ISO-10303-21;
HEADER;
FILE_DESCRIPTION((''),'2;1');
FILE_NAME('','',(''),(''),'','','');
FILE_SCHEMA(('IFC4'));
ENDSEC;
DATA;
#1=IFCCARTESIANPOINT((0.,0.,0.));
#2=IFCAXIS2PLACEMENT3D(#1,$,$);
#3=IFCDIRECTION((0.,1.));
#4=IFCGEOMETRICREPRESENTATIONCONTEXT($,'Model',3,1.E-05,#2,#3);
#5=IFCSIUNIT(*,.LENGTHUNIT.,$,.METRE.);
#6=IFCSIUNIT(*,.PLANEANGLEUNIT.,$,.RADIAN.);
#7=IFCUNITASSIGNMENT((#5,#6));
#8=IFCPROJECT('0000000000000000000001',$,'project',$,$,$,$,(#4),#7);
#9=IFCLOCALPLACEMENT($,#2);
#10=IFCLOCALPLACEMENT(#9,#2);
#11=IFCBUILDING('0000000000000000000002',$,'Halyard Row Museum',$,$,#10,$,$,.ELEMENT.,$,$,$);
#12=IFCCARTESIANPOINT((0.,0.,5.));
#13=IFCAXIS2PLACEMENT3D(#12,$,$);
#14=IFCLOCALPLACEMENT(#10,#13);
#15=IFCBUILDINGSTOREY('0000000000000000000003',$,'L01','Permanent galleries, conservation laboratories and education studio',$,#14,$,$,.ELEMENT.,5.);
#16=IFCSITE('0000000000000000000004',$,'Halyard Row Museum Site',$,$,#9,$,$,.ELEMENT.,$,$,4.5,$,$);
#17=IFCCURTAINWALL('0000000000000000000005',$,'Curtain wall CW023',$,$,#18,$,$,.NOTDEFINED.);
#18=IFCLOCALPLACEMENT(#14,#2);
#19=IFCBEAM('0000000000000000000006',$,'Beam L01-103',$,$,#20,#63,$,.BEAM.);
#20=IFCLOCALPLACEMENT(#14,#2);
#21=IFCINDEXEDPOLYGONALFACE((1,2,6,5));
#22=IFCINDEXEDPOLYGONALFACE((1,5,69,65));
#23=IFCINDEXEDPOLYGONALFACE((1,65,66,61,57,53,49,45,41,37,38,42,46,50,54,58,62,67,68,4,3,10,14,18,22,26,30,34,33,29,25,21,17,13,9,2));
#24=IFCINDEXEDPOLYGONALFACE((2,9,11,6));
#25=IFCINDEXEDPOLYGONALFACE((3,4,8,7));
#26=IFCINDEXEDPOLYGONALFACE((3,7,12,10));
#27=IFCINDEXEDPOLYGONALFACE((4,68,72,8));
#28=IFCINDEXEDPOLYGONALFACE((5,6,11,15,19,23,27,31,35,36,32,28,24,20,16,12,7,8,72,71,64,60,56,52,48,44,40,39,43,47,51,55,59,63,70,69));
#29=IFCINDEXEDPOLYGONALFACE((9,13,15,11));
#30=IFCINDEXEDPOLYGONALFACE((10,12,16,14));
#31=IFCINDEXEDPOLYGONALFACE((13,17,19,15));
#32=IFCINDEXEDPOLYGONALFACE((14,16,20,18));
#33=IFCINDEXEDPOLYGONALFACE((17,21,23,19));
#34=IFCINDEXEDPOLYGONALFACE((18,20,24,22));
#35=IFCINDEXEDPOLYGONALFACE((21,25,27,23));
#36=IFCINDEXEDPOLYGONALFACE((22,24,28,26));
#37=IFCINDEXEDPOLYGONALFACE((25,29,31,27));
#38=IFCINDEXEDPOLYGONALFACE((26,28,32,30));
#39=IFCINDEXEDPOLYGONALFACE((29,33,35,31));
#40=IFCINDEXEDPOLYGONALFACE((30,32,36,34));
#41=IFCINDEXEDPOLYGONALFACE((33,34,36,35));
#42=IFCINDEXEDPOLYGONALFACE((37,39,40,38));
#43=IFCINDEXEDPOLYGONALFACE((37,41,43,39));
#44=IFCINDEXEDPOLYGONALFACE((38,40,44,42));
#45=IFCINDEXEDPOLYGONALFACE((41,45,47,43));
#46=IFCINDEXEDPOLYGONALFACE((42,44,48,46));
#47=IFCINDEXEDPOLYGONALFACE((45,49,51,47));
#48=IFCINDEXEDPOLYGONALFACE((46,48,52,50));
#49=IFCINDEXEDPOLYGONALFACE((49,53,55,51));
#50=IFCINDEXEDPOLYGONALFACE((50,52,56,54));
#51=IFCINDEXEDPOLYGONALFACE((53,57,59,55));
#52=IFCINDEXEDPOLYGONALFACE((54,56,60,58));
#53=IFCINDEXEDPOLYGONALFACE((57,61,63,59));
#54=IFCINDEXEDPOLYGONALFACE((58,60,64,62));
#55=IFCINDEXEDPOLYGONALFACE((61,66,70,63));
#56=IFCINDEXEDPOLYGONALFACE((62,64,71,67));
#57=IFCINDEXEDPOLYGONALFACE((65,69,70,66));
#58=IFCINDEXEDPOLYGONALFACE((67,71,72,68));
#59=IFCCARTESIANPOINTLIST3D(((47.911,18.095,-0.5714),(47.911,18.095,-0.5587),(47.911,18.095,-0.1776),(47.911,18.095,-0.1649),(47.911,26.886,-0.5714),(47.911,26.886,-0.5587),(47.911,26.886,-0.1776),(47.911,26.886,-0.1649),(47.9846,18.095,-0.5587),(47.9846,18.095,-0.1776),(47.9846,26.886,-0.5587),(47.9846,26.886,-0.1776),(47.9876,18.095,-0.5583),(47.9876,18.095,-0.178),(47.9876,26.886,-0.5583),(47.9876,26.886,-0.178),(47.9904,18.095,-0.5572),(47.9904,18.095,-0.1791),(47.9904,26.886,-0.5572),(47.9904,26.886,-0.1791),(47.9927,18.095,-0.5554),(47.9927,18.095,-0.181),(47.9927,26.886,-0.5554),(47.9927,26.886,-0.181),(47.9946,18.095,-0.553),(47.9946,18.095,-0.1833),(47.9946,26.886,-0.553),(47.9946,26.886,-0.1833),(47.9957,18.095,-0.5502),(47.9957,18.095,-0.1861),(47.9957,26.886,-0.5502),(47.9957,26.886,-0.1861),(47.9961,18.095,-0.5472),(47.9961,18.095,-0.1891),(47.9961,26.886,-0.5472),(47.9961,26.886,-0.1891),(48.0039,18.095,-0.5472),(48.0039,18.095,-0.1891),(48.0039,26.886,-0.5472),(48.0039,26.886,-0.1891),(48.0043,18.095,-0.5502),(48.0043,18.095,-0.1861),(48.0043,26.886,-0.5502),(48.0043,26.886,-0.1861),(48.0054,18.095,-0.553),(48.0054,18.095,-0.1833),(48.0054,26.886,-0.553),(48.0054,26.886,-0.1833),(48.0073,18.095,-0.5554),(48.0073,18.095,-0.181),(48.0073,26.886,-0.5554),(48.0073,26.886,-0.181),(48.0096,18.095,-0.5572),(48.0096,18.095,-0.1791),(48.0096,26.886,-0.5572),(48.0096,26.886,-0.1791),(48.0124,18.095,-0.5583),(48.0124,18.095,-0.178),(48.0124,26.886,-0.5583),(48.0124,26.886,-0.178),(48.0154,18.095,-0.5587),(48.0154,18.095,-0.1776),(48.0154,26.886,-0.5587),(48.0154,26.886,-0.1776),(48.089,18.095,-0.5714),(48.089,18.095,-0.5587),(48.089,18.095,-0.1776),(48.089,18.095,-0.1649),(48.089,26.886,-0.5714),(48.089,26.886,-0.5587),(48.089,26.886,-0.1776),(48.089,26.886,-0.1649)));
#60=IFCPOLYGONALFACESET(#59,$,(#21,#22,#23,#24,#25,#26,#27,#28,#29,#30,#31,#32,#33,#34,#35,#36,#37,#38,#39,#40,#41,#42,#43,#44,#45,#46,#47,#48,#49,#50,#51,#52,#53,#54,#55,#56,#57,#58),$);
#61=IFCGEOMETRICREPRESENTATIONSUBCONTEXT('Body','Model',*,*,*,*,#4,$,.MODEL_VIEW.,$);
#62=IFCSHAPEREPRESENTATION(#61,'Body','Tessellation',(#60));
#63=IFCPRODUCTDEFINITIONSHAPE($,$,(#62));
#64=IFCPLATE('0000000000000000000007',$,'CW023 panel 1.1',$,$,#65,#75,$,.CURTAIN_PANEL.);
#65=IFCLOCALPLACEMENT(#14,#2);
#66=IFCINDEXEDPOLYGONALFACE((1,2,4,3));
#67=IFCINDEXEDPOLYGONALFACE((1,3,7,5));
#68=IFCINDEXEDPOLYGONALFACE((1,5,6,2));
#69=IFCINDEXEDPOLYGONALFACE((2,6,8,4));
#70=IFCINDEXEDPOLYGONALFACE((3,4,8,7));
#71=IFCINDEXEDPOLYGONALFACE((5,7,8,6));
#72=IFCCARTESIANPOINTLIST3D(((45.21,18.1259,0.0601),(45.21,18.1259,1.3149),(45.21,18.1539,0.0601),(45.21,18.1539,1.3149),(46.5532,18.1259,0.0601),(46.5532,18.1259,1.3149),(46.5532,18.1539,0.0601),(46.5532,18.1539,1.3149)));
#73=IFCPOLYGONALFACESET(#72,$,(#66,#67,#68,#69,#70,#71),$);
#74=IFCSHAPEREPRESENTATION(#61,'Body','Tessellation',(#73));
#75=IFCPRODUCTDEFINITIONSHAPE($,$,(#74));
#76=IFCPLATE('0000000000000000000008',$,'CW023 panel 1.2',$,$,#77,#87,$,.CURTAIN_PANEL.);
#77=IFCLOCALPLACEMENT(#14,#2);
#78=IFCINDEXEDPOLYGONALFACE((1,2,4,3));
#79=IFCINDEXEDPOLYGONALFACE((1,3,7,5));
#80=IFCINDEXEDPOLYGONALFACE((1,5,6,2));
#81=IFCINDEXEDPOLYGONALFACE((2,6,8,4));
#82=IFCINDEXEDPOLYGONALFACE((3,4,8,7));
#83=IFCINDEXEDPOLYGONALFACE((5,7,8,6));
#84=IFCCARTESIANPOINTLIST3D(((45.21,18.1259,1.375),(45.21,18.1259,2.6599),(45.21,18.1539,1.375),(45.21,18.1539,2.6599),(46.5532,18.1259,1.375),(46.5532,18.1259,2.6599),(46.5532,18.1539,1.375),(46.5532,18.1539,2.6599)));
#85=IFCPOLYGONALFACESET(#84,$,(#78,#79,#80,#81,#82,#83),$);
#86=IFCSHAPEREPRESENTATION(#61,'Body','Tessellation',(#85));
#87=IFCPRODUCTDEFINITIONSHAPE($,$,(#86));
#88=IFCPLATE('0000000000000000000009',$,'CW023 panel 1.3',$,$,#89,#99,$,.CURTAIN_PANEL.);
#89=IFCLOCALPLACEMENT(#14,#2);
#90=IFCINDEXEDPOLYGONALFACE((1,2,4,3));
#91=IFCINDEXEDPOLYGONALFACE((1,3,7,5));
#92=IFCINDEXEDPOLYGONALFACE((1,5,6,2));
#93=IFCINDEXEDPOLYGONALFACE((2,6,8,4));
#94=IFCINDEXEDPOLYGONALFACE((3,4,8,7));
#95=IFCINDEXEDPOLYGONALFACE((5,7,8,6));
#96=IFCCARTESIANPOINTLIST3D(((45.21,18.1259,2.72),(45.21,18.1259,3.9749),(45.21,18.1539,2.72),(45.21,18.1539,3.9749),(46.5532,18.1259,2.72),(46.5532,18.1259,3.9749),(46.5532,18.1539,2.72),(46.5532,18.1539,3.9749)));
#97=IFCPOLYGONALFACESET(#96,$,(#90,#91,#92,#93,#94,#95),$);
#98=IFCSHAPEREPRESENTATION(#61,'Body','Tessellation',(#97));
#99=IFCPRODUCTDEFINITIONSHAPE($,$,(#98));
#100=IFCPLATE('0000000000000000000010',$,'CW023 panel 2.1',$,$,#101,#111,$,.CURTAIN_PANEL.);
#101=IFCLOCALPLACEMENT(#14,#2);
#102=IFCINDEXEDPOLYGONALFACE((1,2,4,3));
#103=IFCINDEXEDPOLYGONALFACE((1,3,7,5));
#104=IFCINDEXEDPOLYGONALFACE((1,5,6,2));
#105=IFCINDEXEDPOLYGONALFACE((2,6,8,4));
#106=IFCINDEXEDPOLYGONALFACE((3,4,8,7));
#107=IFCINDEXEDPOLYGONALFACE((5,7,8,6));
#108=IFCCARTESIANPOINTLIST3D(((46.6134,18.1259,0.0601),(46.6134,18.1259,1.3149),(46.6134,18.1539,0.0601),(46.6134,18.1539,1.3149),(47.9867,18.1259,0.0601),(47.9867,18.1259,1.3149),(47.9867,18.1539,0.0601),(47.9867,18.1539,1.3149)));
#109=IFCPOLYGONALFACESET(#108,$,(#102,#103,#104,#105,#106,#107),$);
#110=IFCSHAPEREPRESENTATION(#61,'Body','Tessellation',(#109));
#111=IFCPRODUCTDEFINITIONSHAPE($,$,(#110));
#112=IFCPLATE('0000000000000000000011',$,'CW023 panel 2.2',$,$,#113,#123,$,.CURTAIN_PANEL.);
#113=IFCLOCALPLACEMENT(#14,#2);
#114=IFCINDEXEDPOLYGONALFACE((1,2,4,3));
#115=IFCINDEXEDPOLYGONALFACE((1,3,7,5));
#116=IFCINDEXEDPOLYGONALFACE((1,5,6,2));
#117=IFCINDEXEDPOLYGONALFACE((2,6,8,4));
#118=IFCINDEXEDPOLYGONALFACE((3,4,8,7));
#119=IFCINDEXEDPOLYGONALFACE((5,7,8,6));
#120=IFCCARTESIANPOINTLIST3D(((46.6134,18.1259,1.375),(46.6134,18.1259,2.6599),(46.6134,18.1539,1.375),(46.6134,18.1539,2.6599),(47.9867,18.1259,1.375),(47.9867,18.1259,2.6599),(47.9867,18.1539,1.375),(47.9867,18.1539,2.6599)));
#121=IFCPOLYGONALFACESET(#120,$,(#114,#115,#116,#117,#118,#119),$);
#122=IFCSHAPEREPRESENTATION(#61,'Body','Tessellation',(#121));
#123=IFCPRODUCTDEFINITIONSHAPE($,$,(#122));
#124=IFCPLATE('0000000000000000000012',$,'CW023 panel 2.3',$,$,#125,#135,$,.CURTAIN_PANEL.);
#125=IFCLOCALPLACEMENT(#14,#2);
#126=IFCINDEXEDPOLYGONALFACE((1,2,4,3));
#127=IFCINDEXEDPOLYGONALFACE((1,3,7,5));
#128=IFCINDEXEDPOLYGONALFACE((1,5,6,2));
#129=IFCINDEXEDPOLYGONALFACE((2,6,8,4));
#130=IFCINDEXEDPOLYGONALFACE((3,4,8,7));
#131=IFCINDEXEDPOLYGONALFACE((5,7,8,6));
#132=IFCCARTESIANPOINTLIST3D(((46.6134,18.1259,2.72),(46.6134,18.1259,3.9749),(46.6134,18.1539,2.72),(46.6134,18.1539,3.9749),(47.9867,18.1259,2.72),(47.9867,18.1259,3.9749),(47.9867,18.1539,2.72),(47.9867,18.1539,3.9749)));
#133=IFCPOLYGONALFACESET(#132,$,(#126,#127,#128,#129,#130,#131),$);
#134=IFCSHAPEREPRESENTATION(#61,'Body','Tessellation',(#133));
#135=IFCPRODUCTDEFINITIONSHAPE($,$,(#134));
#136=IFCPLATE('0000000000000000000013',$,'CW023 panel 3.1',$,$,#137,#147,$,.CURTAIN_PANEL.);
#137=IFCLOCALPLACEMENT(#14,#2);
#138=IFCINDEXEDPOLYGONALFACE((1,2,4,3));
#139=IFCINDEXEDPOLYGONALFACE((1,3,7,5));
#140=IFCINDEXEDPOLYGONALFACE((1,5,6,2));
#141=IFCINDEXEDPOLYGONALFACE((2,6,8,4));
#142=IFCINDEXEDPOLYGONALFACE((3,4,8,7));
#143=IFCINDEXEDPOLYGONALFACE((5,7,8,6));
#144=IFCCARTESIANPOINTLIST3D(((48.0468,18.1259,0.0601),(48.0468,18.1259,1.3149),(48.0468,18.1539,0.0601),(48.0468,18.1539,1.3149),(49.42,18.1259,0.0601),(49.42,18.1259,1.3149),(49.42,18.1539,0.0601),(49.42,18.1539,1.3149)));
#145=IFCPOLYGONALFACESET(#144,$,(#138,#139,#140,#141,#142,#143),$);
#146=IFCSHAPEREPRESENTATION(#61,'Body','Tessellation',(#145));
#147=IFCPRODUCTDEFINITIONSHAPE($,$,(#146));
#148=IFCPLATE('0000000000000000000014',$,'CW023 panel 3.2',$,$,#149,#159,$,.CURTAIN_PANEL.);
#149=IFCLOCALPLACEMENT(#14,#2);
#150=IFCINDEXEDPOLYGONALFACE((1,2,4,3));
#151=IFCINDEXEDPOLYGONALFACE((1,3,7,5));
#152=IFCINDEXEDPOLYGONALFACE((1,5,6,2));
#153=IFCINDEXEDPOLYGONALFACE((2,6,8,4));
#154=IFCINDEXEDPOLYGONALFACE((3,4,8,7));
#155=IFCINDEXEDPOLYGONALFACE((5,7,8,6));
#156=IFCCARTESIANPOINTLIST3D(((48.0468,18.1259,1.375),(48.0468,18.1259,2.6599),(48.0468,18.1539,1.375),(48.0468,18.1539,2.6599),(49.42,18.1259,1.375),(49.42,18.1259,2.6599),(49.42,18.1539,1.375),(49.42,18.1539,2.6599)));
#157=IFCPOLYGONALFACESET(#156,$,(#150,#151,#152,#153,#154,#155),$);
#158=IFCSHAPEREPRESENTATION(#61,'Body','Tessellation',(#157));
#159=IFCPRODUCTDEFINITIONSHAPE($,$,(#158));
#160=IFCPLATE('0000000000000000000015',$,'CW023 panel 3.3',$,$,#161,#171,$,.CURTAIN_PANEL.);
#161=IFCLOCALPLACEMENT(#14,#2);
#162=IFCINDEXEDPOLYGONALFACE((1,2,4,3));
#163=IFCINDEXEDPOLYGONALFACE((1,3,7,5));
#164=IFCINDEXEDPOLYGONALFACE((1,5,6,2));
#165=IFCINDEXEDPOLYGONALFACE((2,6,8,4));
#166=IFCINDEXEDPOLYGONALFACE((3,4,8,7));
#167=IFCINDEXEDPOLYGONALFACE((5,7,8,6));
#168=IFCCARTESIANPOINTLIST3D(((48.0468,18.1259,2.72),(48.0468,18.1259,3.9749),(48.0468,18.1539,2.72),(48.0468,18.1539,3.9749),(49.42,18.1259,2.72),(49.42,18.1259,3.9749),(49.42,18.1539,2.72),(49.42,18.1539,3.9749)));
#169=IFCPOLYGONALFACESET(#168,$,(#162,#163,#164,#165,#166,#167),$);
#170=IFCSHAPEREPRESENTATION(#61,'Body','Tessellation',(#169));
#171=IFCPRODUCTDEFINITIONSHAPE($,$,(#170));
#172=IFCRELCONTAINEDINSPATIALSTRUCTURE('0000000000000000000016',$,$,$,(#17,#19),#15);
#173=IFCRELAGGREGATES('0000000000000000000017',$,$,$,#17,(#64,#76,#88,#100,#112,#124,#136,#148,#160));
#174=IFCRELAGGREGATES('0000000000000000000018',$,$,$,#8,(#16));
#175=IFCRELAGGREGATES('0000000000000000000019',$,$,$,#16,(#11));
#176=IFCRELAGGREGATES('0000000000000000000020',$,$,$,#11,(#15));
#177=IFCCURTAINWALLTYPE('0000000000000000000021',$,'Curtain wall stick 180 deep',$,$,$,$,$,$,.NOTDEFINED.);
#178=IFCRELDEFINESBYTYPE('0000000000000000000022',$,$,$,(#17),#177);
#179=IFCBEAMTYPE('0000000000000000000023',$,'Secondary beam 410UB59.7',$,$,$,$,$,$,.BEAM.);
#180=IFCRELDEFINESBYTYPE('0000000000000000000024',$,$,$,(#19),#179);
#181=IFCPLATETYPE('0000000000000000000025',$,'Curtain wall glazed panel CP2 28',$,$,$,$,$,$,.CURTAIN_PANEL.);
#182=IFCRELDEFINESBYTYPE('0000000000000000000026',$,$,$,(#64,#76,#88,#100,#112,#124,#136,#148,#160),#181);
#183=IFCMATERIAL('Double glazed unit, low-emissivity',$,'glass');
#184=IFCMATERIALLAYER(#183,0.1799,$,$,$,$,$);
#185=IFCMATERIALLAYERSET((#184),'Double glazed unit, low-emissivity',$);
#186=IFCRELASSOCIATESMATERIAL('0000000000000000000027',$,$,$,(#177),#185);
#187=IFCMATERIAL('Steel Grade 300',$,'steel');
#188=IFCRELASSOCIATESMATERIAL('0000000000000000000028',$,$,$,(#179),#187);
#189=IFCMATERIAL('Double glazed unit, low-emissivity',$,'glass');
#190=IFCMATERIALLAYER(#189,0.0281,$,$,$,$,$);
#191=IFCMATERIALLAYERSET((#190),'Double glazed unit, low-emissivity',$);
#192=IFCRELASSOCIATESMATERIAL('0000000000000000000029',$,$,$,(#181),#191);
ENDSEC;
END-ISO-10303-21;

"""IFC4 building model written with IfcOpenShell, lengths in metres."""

from ifc_helpers import new_model, si_unit, direction, frame, origin, origin_2d, place, context, subcontext, project, spatial, rectangle, i_section, extrude, material, layer, layer_set, material_profile, profile_set, type_object, element, aggregate, save


model = new_model("IFC4")

# Units and contexts
model_context = context("Model", 3, precision=1e-05, world=origin(), true_north=direction((0.0, 1.0)))
body_context = subcontext(model_context, "Body", "Model", "MODEL_VIEW")
ifc_project = project(units=[si_unit("LENGTHUNIT", "METRE"), si_unit("PLANEANGLEUNIT", "RADIAN")], contexts=[model_context])

# Site, building, storey
site_placement = place(None, origin())
site = spatial("IfcSite", under=ifc_project, at=site_placement, Name="Halyard Row Museum Site", CompositionType="ELEMENT", RefElevation=4.5)
building_placement = place(site_placement, origin())
building = spatial("IfcBuilding", under=site, at=building_placement, Name="Halyard Row Museum", CompositionType="ELEMENT")
storey_placement = place(building_placement, frame((0.0, 0.0, 5.0)))
storey = spatial("IfcBuildingStorey", under=building, at=storey_placement, Name="L01", Description="Permanent galleries, conservation laboratories and education studio", CompositionType="ELEMENT", Elevation=5.0)

# Curtain wall
ifc_material_1 = material(Name="Double glazed unit, low-emissivity", Category="glass")
ifc_layer_1 = layer(ifc_material_1, 0.1799)
ifc_layer_set_1 = layer_set([ifc_layer_1], Name="Double glazed unit, low-emissivity")
curtain_wall_type = type_object("IfcCurtainWallType", Name="Curtain wall stick 180 deep", PredefinedType="NOTDEFINED", material=ifc_layer_set_1)
curtain_wall_placement = place(storey_placement, origin())
curtain_wall = element("IfcCurtainWall", 1, at=curtain_wall_placement, inside=storey, type_object=curtain_wall_type, Name="Curtain wall CW023", PredefinedType="NOTDEFINED")

# Beam
ifc_material_2 = material(Name="Steel Grade 300", Category="steel")
ifc_material_profile_1 = material_profile(ifc_material_2, i_section(OverallWidth=0.178, OverallDepth=0.4065, WebThickness=0.0078, FlangeThickness=0.0127, FilletRadius=0.0115, at=origin_2d()), Name="410UB59.7")
ifc_profile_set_1 = profile_set([ifc_material_profile_1], Name="Steel Grade 300")
beam_type = type_object("IfcBeamType", Name="Secondary beam 410UB59.7", PredefinedType="BEAM", material=ifc_profile_set_1)
beam_placement = place(storey_placement, frame((48.0, 18.095, -0.3682), z_axis=(0.0, 1.0, 0.0), x_axis=(-1.0, 0.0, 0.0)))
element("IfcBeam", 2, at=beam_placement, inside=storey, type_object=beam_type, Name="Beam L01-103", PredefinedType="BEAM", context=body_context, shape_type="SweptSolid", body=[
    extrude(i_section(OverallWidth=0.178, OverallDepth=0.4065, WebThickness=0.0078, FlangeThickness=0.0127, FilletRadius=0.0115, at=origin_2d()), origin(), (0.0, 0.0, 1.0), 8.791),
])

# Plates
ifc_material_3 = material(Name="Double glazed unit, low-emissivity", Category="glass")
ifc_layer_2 = layer(ifc_material_3, 0.0281)
ifc_layer_set_2 = layer_set([ifc_layer_2], Name="Double glazed unit, low-emissivity")
plate_type = type_object("IfcPlateType", Name="Curtain wall glazed panel CP2 28", PredefinedType="CURTAIN_PANEL", material=ifc_layer_set_2)
plate_1_placement = place(storey_placement, frame((45.8816, 18.1399, 0.0601), z_axis=(0.0, 0.0, 1.0), x_axis=(1.0, 0.0, 0.0)))
plate_1 = element("IfcPlate", 3, at=plate_1_placement, type_object=plate_type, Name="CW023 panel 1.1", PredefinedType="CURTAIN_PANEL", context=body_context, shape_type="SweptSolid", body=[
    extrude(rectangle(XDim=1.3433, YDim=0.0281, at=origin_2d()), origin(), (0.0, 0.0, 1.0), 1.2549),
])
plate_2_placement = place(storey_placement, frame((45.8816, 18.1399, 1.375), z_axis=(0.0, 0.0, 1.0), x_axis=(1.0, 0.0, 0.0)))
plate_2 = element("IfcPlate", 4, at=plate_2_placement, type_object=plate_type, Name="CW023 panel 1.2", PredefinedType="CURTAIN_PANEL", context=body_context, shape_type="SweptSolid", body=[
    extrude(rectangle(XDim=1.3433, YDim=0.0281, at=origin_2d()), origin(), (0.0, 0.0, 1.0), 1.2849),
])
plate_3_placement = place(storey_placement, frame((45.8816, 18.1399, 2.72), z_axis=(0.0, 0.0, 1.0), x_axis=(1.0, 0.0, 0.0)))
plate_3 = element("IfcPlate", 5, at=plate_3_placement, type_object=plate_type, Name="CW023 panel 1.3", PredefinedType="CURTAIN_PANEL", context=body_context, shape_type="SweptSolid", body=[
    extrude(rectangle(XDim=1.3433, YDim=0.0281, at=origin_2d()), origin(), (0.0, 0.0, 1.0), 1.2549),
])
plate_4_placement = place(storey_placement, frame((47.3, 18.1399, 0.0601), z_axis=(0.0, 0.0, 1.0), x_axis=(1.0, 0.0, 0.0)))
plate_4 = element("IfcPlate", 6, at=plate_4_placement, type_object=plate_type, Name="CW023 panel 2.1", PredefinedType="CURTAIN_PANEL", context=body_context, shape_type="SweptSolid", body=[
    extrude(rectangle(XDim=1.3733, YDim=0.0281, at=origin_2d()), origin(), (0.0, 0.0, 1.0), 1.2549),
])
plate_5_placement = place(storey_placement, frame((47.3, 18.1399, 1.375), z_axis=(0.0, 0.0, 1.0), x_axis=(1.0, 0.0, 0.0)))
plate_5 = element("IfcPlate", 7, at=plate_5_placement, type_object=plate_type, Name="CW023 panel 2.2", PredefinedType="CURTAIN_PANEL", context=body_context, shape_type="SweptSolid", body=[
    extrude(rectangle(XDim=1.3733, YDim=0.0281, at=origin_2d()), origin(), (0.0, 0.0, 1.0), 1.2849),
])
plate_6_placement = place(storey_placement, frame((47.3, 18.1399, 2.72), z_axis=(0.0, 0.0, 1.0), x_axis=(1.0, 0.0, 0.0)))
plate_6 = element("IfcPlate", 8, at=plate_6_placement, type_object=plate_type, Name="CW023 panel 2.3", PredefinedType="CURTAIN_PANEL", context=body_context, shape_type="SweptSolid", body=[
    extrude(rectangle(XDim=1.3733, YDim=0.0281, at=origin_2d()), origin(), (0.0, 0.0, 1.0), 1.2549),
])
plate_7_placement = place(storey_placement, frame((48.7334, 18.1399, 0.0601), z_axis=(0.0, 0.0, 1.0), x_axis=(1.0, 0.0, 0.0)))
plate_7 = element("IfcPlate", 9, at=plate_7_placement, type_object=plate_type, Name="CW023 panel 3.1", PredefinedType="CURTAIN_PANEL", context=body_context, shape_type="SweptSolid", body=[
    extrude(rectangle(XDim=1.3733, YDim=0.0281, at=origin_2d()), origin(), (0.0, 0.0, 1.0), 1.2549),
])
plate_8_placement = place(storey_placement, frame((48.7334, 18.1399, 1.375), z_axis=(0.0, 0.0, 1.0), x_axis=(1.0, 0.0, 0.0)))
plate_8 = element("IfcPlate", 10, at=plate_8_placement, type_object=plate_type, Name="CW023 panel 3.2", PredefinedType="CURTAIN_PANEL", context=body_context, shape_type="SweptSolid", body=[
    extrude(rectangle(XDim=1.3733, YDim=0.0281, at=origin_2d()), origin(), (0.0, 0.0, 1.0), 1.2849),
])
plate_9_placement = place(storey_placement, frame((48.7334, 18.1399, 2.72), z_axis=(0.0, 0.0, 1.0), x_axis=(1.0, 0.0, 0.0)))
plate_9 = element("IfcPlate", 11, at=plate_9_placement, type_object=plate_type, Name="CW023 panel 3.3", PredefinedType="CURTAIN_PANEL", context=body_context, shape_type="SweptSolid", body=[
    extrude(rectangle(XDim=1.3733, YDim=0.0281, at=origin_2d()), origin(), (0.0, 0.0, 1.0), 1.2549),
])
aggregate(curtain_wall, [plate_1, plate_2, plate_3, plate_4, plate_5, plate_6, plate_7, plate_8, plate_9])

save(model, "model.ifc")
